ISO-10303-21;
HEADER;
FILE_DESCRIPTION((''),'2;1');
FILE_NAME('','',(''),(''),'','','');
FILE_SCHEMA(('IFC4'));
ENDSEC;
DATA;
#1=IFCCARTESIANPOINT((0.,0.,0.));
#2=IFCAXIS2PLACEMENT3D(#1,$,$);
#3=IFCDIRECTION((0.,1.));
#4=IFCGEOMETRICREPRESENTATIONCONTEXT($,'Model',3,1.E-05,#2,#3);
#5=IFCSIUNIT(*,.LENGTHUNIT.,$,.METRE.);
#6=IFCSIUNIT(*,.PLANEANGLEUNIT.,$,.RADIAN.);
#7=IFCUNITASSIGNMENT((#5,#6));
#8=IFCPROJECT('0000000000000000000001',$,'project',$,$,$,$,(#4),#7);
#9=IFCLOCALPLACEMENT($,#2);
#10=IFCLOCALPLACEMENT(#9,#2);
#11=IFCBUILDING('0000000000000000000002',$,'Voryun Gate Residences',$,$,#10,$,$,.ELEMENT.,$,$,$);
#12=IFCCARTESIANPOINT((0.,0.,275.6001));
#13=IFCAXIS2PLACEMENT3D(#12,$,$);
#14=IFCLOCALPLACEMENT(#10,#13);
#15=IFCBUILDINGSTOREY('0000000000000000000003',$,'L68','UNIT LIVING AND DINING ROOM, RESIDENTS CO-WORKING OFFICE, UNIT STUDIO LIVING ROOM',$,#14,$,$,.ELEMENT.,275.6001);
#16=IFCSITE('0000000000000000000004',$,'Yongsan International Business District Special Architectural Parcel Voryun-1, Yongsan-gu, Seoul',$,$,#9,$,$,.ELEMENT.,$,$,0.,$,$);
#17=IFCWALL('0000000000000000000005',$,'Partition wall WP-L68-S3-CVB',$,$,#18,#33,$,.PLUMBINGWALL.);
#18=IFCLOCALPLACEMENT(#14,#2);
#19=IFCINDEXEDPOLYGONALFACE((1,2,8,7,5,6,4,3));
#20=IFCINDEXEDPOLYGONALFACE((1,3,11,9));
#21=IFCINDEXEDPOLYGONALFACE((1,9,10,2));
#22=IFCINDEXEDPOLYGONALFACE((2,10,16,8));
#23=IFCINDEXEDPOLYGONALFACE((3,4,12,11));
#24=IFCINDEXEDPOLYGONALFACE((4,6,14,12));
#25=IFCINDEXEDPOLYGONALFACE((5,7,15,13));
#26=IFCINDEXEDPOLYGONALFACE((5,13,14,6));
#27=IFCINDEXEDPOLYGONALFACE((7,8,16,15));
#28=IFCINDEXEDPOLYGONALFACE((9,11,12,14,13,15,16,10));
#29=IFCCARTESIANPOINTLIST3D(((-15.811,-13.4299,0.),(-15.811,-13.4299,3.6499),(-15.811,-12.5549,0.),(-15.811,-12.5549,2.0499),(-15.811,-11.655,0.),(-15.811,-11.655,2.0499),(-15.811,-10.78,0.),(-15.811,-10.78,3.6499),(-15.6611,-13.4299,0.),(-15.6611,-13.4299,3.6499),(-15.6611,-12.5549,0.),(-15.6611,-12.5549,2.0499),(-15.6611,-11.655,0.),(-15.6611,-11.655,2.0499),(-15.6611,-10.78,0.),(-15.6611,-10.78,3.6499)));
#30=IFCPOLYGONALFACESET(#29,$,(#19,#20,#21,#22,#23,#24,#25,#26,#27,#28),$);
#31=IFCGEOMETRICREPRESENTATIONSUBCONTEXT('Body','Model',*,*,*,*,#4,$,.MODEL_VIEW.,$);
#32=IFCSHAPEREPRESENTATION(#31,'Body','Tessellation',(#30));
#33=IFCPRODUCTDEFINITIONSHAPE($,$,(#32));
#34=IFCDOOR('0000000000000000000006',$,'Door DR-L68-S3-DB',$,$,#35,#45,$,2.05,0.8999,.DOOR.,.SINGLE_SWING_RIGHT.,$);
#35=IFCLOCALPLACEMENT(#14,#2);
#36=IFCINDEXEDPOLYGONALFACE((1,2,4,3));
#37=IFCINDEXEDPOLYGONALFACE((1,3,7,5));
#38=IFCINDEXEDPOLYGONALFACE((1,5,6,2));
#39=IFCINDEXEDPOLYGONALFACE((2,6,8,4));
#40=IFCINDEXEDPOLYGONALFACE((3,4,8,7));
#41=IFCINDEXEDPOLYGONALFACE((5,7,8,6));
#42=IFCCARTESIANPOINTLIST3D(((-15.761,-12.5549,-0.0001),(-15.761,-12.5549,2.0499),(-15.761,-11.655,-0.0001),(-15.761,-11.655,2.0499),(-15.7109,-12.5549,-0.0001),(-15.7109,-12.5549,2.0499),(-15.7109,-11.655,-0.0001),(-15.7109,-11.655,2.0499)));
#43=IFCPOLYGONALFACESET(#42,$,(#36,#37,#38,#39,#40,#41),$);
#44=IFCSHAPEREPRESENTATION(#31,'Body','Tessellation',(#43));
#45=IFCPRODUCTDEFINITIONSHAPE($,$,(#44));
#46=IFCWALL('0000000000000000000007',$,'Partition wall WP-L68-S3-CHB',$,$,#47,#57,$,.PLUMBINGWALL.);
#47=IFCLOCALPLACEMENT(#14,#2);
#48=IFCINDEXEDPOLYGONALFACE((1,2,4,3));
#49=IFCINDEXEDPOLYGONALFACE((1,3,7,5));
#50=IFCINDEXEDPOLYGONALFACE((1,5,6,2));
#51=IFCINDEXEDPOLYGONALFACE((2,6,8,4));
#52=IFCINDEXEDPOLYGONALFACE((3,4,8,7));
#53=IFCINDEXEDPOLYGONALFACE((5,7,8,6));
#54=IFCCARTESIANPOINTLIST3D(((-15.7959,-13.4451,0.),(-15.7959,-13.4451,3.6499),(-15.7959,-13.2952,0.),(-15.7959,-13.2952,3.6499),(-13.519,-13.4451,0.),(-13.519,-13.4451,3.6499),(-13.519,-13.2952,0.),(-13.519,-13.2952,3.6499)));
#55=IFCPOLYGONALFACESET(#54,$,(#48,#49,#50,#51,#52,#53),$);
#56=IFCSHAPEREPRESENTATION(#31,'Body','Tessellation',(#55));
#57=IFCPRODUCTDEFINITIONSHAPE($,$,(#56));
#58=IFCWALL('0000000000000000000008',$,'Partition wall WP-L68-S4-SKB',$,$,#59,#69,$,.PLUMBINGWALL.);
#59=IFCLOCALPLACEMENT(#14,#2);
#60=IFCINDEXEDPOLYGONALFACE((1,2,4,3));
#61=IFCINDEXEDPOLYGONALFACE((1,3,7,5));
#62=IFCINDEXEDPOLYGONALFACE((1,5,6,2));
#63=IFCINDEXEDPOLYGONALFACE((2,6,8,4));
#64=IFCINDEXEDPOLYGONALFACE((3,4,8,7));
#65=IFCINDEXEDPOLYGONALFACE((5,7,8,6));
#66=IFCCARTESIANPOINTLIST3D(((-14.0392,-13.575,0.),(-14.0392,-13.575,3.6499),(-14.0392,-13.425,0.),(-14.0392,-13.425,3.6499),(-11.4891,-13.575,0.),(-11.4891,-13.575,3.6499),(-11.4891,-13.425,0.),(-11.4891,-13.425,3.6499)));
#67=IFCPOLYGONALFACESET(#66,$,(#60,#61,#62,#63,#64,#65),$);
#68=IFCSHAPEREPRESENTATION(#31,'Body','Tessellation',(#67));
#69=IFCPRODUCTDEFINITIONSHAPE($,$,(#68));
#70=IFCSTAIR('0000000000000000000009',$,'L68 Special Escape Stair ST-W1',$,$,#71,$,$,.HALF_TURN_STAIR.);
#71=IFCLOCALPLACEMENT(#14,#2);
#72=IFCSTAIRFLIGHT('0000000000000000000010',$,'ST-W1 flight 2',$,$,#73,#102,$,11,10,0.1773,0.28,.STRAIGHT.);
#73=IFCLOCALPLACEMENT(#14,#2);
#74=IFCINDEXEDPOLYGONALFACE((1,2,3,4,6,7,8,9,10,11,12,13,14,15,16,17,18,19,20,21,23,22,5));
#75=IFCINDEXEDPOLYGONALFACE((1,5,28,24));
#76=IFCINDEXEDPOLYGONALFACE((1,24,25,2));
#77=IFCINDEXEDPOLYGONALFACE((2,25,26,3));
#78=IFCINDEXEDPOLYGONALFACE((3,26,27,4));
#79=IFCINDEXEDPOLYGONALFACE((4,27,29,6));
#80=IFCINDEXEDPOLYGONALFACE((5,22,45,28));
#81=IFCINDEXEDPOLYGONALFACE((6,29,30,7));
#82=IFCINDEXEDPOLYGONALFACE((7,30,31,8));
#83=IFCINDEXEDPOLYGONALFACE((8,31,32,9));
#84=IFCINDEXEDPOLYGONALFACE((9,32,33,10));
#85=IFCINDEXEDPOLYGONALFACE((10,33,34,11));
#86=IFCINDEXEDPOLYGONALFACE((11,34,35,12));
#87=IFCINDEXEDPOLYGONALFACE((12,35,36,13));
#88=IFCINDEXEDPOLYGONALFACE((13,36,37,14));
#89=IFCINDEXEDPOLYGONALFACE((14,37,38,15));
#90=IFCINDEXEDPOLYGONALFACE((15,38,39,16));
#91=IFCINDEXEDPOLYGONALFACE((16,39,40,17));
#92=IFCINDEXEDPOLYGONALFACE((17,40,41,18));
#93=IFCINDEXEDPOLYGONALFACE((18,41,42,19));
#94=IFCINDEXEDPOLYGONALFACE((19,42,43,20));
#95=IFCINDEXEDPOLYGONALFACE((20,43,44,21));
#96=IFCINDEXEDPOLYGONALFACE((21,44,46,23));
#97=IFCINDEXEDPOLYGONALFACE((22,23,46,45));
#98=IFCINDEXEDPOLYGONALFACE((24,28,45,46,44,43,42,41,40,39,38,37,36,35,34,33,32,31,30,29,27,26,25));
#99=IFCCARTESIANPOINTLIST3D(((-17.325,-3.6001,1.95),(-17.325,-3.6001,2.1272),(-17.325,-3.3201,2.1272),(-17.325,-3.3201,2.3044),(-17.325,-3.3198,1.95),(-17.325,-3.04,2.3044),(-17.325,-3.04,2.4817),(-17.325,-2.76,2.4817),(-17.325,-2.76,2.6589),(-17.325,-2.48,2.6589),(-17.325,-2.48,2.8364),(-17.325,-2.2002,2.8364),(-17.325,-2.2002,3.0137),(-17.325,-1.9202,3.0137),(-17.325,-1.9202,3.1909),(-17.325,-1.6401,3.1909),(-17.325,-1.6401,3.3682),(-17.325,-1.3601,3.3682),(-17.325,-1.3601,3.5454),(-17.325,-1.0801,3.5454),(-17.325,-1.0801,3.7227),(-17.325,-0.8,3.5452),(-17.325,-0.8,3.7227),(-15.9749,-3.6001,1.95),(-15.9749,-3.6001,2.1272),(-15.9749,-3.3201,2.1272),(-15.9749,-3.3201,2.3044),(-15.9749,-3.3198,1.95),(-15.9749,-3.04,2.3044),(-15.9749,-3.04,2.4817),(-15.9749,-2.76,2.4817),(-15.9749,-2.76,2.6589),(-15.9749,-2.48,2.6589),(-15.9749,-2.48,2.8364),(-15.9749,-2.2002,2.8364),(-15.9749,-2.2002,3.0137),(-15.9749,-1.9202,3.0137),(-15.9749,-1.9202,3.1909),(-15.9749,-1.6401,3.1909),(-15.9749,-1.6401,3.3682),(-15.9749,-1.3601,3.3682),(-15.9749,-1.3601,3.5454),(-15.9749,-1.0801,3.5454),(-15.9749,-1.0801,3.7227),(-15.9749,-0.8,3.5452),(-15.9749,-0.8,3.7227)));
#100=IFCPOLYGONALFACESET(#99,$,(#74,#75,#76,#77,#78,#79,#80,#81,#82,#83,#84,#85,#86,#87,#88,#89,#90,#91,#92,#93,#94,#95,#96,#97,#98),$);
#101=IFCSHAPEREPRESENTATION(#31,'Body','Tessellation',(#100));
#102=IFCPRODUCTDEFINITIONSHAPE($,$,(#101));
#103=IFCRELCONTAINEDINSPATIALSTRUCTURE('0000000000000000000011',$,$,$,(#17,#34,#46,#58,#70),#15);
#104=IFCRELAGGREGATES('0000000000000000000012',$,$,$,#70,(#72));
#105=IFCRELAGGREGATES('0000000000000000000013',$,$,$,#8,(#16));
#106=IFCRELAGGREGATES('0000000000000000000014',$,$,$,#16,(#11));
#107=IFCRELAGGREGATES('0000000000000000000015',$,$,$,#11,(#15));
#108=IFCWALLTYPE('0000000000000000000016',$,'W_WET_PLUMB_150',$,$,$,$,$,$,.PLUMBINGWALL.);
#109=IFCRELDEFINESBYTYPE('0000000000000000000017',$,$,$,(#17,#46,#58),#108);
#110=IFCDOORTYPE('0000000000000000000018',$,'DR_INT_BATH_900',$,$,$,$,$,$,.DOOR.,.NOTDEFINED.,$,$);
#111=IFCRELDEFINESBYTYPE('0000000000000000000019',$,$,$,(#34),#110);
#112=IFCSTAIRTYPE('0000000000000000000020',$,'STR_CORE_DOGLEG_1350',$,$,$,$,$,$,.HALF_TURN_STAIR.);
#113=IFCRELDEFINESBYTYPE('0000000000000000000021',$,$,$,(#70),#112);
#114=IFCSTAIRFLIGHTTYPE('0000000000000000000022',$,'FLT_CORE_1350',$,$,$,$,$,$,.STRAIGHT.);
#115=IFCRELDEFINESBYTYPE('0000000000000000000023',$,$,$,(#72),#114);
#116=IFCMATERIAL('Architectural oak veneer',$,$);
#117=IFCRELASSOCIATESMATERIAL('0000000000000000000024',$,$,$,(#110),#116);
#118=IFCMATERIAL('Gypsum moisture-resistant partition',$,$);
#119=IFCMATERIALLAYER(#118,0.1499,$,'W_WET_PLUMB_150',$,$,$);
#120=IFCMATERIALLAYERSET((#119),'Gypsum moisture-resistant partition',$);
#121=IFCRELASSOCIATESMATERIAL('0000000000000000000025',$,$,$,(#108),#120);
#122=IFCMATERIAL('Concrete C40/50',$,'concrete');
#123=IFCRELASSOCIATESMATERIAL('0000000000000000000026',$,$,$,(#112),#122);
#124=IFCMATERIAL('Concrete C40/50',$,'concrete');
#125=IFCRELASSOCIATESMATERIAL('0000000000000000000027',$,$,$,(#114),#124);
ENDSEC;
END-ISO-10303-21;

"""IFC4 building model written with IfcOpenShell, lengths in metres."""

from ifc_helpers import new_model, si_unit, direction, frame, frame_2d, origin, place, context, subcontext, project, spatial, polyline, rectangle, outline, extrude, material, layer, layer_set, type_object, element, fill, aggregate, save


model = new_model("IFC4")

# Units and contexts
model_context = context("Model", 3, precision=1e-05, world=origin(), true_north=direction((0.0, 1.0)))
body_context = subcontext(model_context, "Body", "Model", "MODEL_VIEW")
ifc_project = project(units=[si_unit("LENGTHUNIT", "METRE"), si_unit("PLANEANGLEUNIT", "RADIAN")], contexts=[model_context])

# Site, building, storey
site_placement = place(None, origin())
site = spatial("IfcSite", under=ifc_project, at=site_placement, Name="Yongsan International Business District Special Architectural Parcel Voryun-1, Yongsan-gu, Seoul", CompositionType="ELEMENT", RefElevation=0.0)
building_placement = place(site_placement, origin())
building = spatial("IfcBuilding", under=site, at=building_placement, Name="Voryun Gate Residences", CompositionType="ELEMENT")
storey_placement = place(building_placement, frame((0.0, 0.0, 275.6001)))
storey = spatial("IfcBuildingStorey", under=building, at=storey_placement, Name="L68", Description="UNIT LIVING AND DINING ROOM, RESIDENTS CO-WORKING OFFICE, UNIT STUDIO LIVING ROOM", CompositionType="ELEMENT", Elevation=275.6001)

# Wall, opening, door
ifc_material_1 = material(Name="Architectural oak veneer")
door_type_1 = type_object("IfcDoorType", Name="DR_INT_BATH_900", OperationType="NOTDEFINED", PredefinedType="DOOR", material=ifc_material_1)
ifc_material_2 = material(Name="Gypsum moisture-resistant partition")
ifc_layer_1 = layer(ifc_material_2, 0.1499, Name="W_WET_PLUMB_150")
ifc_layer_set_1 = layer_set([ifc_layer_1], Name="Gypsum moisture-resistant partition")
wall_type_1 = type_object("IfcWallType", Name="W_WET_PLUMB_150", PredefinedType="PLUMBINGWALL", material=ifc_layer_set_1)
wall_1_placement = place(storey_placement, frame((-15.7361, -13.4299, 0.0), z_axis=(0.0, 0.0, 1.0), x_axis=(0.0, 1.0, 0.0)))
wall_1 = element("IfcWall", 1, at=wall_1_placement, inside=storey, type_object=wall_type_1, Name="Partition wall WP-L68-S3-CVB", PredefinedType="PLUMBINGWALL", context=body_context, shape_type="SweptSolid", body=[
    extrude(rectangle(XDim=2.6499, YDim=0.1499, at=frame_2d((1.325, 0.0))), origin(), (0.0, 0.0, 1.0), 3.6499),
])
opening_1_placement = place(wall_1_placement, frame((0.875, 0.0, 0.0)))
opening_1 = element("IfcOpeningElement", 2, at=opening_1_placement, cuts=wall_1, PredefinedType="OPENING", context=body_context, shape_type="SweptSolid", body=[
    extrude(rectangle(XDim=0.8999, YDim=2.05, at=frame_2d((0.45, 1.0249))), frame((0.0, 0.085, 0.0), z_axis=(0.0, -1.0, 0.0), x_axis=(1.0, 0.0, 0.0)), (0.0, 0.0, 1.0), 0.1699),
])
door_1_placement = place(opening_1_placement, origin())
door_1 = element("IfcDoor", 3, at=door_1_placement, inside=storey, type_object=door_type_1, Name="Door DR-L68-S3-DB", OperationType="SINGLE_SWING_RIGHT", OverallHeight=2.05, OverallWidth=0.8999, PredefinedType="DOOR", context=body_context, shape_type="SweptSolid", body=[
    extrude(rectangle(XDim=0.8999, YDim=2.05, at=frame_2d((0.45, 1.0249))), frame((0.0, 0.0249, 0.0), z_axis=(0.0, -1.0, 0.0), x_axis=(1.0, 0.0, 0.0)), (0.0, 0.0, 1.0), 0.05),
])
fill(opening_1, door_1)

# Walls
wall_2_placement = place(storey_placement, frame((-15.7959, -13.3701, 0.0), z_axis=(0.0, 0.0, 1.0), x_axis=(1.0, 0.0, 0.0)))
element("IfcWall", 4, at=wall_2_placement, inside=storey, type_object=wall_type_1, Name="Partition wall WP-L68-S3-CHB", PredefinedType="PLUMBINGWALL", context=body_context, shape_type="SweptSolid", body=[
    extrude(rectangle(XDim=2.2769, YDim=0.1499, at=frame_2d((1.1384, 0.0))), origin(), (0.0, 0.0, 1.0), 3.6499),
])
wall_3_placement = place(storey_placement, frame((-14.0391, -13.5, 0.0), z_axis=(0.0, 0.0, 1.0), x_axis=(1.0, 0.0, 0.0)))
element("IfcWall", 5, at=wall_3_placement, inside=storey, type_object=wall_type_1, Name="Partition wall WP-L68-S4-SKB", PredefinedType="PLUMBINGWALL", context=body_context, shape_type="SweptSolid", body=[
    extrude(rectangle(XDim=2.55, YDim=0.1499, at=frame_2d((1.2749, 0.0))), origin(), (0.0, 0.0, 1.0), 3.6499),
])

# Stair, stair flight
ifc_material_3 = material(Name="Concrete C40/50", Category="concrete")
stair_type = type_object("IfcStairType", Name="STR_CORE_DOGLEG_1350", PredefinedType="HALF_TURN_STAIR", material=ifc_material_3)
stair_placement = place(storey_placement, origin())
stair = element("IfcStair", 6, at=stair_placement, inside=storey, type_object=stair_type, Name="L68 Special Escape Stair ST-W1", PredefinedType="HALF_TURN_STAIR")
ifc_material_4 = material(Name="Concrete C40/50", Category="concrete")
stair_flight_type = type_object("IfcStairFlightType", Name="FLT_CORE_1350", PredefinedType="STRAIGHT", material=ifc_material_4)
stair_flight_placement = place(storey_placement, frame((-16.6499, -3.6001, 1.95), z_axis=(0.0, 0.0, 1.0), x_axis=(0.0, 1.0, 0.0)))
stair_flight = element("IfcStairFlight", 7, at=stair_flight_placement, type_object=stair_flight_type, Name="ST-W1 flight 2", NumberOfRisers=11, NumberOfTreads=10, PredefinedType="STRAIGHT", RiserHeight=0.1773, TreadLength=0.28, context=body_context, shape_type="SweptSolid", body=[
    extrude(outline(polyline([(0.0, 0.0), (0.0, 0.1772), (0.28, 0.1772), (0.28, 0.3545), (0.5601, 0.3545), (0.5601, 0.5317), (0.8401, 0.5317), (0.8401, 0.709), (1.1201, 0.709), (1.1201, 0.8865), (1.3999, 0.8865), (1.3999, 1.0637), (1.6799, 1.0637), (1.6799, 1.241), (1.96, 1.241), (1.96, 1.4182), (2.24, 1.4182), (2.24, 1.5955), (2.52, 1.5955), (2.52, 1.7727), (2.8, 1.7727), (2.8, 1.95), (2.8, 1.5952), (0.2803, 0.0), (0.0, 0.0)])), frame((0.0, 0.675, 0.0), z_axis=(0.0, -1.0, 0.0), x_axis=(1.0, 0.0, 0.0)), (0.0, 0.0, 1.0), 1.3501),
])
aggregate(stair, [stair_flight])

save(model, "model.ifc")
